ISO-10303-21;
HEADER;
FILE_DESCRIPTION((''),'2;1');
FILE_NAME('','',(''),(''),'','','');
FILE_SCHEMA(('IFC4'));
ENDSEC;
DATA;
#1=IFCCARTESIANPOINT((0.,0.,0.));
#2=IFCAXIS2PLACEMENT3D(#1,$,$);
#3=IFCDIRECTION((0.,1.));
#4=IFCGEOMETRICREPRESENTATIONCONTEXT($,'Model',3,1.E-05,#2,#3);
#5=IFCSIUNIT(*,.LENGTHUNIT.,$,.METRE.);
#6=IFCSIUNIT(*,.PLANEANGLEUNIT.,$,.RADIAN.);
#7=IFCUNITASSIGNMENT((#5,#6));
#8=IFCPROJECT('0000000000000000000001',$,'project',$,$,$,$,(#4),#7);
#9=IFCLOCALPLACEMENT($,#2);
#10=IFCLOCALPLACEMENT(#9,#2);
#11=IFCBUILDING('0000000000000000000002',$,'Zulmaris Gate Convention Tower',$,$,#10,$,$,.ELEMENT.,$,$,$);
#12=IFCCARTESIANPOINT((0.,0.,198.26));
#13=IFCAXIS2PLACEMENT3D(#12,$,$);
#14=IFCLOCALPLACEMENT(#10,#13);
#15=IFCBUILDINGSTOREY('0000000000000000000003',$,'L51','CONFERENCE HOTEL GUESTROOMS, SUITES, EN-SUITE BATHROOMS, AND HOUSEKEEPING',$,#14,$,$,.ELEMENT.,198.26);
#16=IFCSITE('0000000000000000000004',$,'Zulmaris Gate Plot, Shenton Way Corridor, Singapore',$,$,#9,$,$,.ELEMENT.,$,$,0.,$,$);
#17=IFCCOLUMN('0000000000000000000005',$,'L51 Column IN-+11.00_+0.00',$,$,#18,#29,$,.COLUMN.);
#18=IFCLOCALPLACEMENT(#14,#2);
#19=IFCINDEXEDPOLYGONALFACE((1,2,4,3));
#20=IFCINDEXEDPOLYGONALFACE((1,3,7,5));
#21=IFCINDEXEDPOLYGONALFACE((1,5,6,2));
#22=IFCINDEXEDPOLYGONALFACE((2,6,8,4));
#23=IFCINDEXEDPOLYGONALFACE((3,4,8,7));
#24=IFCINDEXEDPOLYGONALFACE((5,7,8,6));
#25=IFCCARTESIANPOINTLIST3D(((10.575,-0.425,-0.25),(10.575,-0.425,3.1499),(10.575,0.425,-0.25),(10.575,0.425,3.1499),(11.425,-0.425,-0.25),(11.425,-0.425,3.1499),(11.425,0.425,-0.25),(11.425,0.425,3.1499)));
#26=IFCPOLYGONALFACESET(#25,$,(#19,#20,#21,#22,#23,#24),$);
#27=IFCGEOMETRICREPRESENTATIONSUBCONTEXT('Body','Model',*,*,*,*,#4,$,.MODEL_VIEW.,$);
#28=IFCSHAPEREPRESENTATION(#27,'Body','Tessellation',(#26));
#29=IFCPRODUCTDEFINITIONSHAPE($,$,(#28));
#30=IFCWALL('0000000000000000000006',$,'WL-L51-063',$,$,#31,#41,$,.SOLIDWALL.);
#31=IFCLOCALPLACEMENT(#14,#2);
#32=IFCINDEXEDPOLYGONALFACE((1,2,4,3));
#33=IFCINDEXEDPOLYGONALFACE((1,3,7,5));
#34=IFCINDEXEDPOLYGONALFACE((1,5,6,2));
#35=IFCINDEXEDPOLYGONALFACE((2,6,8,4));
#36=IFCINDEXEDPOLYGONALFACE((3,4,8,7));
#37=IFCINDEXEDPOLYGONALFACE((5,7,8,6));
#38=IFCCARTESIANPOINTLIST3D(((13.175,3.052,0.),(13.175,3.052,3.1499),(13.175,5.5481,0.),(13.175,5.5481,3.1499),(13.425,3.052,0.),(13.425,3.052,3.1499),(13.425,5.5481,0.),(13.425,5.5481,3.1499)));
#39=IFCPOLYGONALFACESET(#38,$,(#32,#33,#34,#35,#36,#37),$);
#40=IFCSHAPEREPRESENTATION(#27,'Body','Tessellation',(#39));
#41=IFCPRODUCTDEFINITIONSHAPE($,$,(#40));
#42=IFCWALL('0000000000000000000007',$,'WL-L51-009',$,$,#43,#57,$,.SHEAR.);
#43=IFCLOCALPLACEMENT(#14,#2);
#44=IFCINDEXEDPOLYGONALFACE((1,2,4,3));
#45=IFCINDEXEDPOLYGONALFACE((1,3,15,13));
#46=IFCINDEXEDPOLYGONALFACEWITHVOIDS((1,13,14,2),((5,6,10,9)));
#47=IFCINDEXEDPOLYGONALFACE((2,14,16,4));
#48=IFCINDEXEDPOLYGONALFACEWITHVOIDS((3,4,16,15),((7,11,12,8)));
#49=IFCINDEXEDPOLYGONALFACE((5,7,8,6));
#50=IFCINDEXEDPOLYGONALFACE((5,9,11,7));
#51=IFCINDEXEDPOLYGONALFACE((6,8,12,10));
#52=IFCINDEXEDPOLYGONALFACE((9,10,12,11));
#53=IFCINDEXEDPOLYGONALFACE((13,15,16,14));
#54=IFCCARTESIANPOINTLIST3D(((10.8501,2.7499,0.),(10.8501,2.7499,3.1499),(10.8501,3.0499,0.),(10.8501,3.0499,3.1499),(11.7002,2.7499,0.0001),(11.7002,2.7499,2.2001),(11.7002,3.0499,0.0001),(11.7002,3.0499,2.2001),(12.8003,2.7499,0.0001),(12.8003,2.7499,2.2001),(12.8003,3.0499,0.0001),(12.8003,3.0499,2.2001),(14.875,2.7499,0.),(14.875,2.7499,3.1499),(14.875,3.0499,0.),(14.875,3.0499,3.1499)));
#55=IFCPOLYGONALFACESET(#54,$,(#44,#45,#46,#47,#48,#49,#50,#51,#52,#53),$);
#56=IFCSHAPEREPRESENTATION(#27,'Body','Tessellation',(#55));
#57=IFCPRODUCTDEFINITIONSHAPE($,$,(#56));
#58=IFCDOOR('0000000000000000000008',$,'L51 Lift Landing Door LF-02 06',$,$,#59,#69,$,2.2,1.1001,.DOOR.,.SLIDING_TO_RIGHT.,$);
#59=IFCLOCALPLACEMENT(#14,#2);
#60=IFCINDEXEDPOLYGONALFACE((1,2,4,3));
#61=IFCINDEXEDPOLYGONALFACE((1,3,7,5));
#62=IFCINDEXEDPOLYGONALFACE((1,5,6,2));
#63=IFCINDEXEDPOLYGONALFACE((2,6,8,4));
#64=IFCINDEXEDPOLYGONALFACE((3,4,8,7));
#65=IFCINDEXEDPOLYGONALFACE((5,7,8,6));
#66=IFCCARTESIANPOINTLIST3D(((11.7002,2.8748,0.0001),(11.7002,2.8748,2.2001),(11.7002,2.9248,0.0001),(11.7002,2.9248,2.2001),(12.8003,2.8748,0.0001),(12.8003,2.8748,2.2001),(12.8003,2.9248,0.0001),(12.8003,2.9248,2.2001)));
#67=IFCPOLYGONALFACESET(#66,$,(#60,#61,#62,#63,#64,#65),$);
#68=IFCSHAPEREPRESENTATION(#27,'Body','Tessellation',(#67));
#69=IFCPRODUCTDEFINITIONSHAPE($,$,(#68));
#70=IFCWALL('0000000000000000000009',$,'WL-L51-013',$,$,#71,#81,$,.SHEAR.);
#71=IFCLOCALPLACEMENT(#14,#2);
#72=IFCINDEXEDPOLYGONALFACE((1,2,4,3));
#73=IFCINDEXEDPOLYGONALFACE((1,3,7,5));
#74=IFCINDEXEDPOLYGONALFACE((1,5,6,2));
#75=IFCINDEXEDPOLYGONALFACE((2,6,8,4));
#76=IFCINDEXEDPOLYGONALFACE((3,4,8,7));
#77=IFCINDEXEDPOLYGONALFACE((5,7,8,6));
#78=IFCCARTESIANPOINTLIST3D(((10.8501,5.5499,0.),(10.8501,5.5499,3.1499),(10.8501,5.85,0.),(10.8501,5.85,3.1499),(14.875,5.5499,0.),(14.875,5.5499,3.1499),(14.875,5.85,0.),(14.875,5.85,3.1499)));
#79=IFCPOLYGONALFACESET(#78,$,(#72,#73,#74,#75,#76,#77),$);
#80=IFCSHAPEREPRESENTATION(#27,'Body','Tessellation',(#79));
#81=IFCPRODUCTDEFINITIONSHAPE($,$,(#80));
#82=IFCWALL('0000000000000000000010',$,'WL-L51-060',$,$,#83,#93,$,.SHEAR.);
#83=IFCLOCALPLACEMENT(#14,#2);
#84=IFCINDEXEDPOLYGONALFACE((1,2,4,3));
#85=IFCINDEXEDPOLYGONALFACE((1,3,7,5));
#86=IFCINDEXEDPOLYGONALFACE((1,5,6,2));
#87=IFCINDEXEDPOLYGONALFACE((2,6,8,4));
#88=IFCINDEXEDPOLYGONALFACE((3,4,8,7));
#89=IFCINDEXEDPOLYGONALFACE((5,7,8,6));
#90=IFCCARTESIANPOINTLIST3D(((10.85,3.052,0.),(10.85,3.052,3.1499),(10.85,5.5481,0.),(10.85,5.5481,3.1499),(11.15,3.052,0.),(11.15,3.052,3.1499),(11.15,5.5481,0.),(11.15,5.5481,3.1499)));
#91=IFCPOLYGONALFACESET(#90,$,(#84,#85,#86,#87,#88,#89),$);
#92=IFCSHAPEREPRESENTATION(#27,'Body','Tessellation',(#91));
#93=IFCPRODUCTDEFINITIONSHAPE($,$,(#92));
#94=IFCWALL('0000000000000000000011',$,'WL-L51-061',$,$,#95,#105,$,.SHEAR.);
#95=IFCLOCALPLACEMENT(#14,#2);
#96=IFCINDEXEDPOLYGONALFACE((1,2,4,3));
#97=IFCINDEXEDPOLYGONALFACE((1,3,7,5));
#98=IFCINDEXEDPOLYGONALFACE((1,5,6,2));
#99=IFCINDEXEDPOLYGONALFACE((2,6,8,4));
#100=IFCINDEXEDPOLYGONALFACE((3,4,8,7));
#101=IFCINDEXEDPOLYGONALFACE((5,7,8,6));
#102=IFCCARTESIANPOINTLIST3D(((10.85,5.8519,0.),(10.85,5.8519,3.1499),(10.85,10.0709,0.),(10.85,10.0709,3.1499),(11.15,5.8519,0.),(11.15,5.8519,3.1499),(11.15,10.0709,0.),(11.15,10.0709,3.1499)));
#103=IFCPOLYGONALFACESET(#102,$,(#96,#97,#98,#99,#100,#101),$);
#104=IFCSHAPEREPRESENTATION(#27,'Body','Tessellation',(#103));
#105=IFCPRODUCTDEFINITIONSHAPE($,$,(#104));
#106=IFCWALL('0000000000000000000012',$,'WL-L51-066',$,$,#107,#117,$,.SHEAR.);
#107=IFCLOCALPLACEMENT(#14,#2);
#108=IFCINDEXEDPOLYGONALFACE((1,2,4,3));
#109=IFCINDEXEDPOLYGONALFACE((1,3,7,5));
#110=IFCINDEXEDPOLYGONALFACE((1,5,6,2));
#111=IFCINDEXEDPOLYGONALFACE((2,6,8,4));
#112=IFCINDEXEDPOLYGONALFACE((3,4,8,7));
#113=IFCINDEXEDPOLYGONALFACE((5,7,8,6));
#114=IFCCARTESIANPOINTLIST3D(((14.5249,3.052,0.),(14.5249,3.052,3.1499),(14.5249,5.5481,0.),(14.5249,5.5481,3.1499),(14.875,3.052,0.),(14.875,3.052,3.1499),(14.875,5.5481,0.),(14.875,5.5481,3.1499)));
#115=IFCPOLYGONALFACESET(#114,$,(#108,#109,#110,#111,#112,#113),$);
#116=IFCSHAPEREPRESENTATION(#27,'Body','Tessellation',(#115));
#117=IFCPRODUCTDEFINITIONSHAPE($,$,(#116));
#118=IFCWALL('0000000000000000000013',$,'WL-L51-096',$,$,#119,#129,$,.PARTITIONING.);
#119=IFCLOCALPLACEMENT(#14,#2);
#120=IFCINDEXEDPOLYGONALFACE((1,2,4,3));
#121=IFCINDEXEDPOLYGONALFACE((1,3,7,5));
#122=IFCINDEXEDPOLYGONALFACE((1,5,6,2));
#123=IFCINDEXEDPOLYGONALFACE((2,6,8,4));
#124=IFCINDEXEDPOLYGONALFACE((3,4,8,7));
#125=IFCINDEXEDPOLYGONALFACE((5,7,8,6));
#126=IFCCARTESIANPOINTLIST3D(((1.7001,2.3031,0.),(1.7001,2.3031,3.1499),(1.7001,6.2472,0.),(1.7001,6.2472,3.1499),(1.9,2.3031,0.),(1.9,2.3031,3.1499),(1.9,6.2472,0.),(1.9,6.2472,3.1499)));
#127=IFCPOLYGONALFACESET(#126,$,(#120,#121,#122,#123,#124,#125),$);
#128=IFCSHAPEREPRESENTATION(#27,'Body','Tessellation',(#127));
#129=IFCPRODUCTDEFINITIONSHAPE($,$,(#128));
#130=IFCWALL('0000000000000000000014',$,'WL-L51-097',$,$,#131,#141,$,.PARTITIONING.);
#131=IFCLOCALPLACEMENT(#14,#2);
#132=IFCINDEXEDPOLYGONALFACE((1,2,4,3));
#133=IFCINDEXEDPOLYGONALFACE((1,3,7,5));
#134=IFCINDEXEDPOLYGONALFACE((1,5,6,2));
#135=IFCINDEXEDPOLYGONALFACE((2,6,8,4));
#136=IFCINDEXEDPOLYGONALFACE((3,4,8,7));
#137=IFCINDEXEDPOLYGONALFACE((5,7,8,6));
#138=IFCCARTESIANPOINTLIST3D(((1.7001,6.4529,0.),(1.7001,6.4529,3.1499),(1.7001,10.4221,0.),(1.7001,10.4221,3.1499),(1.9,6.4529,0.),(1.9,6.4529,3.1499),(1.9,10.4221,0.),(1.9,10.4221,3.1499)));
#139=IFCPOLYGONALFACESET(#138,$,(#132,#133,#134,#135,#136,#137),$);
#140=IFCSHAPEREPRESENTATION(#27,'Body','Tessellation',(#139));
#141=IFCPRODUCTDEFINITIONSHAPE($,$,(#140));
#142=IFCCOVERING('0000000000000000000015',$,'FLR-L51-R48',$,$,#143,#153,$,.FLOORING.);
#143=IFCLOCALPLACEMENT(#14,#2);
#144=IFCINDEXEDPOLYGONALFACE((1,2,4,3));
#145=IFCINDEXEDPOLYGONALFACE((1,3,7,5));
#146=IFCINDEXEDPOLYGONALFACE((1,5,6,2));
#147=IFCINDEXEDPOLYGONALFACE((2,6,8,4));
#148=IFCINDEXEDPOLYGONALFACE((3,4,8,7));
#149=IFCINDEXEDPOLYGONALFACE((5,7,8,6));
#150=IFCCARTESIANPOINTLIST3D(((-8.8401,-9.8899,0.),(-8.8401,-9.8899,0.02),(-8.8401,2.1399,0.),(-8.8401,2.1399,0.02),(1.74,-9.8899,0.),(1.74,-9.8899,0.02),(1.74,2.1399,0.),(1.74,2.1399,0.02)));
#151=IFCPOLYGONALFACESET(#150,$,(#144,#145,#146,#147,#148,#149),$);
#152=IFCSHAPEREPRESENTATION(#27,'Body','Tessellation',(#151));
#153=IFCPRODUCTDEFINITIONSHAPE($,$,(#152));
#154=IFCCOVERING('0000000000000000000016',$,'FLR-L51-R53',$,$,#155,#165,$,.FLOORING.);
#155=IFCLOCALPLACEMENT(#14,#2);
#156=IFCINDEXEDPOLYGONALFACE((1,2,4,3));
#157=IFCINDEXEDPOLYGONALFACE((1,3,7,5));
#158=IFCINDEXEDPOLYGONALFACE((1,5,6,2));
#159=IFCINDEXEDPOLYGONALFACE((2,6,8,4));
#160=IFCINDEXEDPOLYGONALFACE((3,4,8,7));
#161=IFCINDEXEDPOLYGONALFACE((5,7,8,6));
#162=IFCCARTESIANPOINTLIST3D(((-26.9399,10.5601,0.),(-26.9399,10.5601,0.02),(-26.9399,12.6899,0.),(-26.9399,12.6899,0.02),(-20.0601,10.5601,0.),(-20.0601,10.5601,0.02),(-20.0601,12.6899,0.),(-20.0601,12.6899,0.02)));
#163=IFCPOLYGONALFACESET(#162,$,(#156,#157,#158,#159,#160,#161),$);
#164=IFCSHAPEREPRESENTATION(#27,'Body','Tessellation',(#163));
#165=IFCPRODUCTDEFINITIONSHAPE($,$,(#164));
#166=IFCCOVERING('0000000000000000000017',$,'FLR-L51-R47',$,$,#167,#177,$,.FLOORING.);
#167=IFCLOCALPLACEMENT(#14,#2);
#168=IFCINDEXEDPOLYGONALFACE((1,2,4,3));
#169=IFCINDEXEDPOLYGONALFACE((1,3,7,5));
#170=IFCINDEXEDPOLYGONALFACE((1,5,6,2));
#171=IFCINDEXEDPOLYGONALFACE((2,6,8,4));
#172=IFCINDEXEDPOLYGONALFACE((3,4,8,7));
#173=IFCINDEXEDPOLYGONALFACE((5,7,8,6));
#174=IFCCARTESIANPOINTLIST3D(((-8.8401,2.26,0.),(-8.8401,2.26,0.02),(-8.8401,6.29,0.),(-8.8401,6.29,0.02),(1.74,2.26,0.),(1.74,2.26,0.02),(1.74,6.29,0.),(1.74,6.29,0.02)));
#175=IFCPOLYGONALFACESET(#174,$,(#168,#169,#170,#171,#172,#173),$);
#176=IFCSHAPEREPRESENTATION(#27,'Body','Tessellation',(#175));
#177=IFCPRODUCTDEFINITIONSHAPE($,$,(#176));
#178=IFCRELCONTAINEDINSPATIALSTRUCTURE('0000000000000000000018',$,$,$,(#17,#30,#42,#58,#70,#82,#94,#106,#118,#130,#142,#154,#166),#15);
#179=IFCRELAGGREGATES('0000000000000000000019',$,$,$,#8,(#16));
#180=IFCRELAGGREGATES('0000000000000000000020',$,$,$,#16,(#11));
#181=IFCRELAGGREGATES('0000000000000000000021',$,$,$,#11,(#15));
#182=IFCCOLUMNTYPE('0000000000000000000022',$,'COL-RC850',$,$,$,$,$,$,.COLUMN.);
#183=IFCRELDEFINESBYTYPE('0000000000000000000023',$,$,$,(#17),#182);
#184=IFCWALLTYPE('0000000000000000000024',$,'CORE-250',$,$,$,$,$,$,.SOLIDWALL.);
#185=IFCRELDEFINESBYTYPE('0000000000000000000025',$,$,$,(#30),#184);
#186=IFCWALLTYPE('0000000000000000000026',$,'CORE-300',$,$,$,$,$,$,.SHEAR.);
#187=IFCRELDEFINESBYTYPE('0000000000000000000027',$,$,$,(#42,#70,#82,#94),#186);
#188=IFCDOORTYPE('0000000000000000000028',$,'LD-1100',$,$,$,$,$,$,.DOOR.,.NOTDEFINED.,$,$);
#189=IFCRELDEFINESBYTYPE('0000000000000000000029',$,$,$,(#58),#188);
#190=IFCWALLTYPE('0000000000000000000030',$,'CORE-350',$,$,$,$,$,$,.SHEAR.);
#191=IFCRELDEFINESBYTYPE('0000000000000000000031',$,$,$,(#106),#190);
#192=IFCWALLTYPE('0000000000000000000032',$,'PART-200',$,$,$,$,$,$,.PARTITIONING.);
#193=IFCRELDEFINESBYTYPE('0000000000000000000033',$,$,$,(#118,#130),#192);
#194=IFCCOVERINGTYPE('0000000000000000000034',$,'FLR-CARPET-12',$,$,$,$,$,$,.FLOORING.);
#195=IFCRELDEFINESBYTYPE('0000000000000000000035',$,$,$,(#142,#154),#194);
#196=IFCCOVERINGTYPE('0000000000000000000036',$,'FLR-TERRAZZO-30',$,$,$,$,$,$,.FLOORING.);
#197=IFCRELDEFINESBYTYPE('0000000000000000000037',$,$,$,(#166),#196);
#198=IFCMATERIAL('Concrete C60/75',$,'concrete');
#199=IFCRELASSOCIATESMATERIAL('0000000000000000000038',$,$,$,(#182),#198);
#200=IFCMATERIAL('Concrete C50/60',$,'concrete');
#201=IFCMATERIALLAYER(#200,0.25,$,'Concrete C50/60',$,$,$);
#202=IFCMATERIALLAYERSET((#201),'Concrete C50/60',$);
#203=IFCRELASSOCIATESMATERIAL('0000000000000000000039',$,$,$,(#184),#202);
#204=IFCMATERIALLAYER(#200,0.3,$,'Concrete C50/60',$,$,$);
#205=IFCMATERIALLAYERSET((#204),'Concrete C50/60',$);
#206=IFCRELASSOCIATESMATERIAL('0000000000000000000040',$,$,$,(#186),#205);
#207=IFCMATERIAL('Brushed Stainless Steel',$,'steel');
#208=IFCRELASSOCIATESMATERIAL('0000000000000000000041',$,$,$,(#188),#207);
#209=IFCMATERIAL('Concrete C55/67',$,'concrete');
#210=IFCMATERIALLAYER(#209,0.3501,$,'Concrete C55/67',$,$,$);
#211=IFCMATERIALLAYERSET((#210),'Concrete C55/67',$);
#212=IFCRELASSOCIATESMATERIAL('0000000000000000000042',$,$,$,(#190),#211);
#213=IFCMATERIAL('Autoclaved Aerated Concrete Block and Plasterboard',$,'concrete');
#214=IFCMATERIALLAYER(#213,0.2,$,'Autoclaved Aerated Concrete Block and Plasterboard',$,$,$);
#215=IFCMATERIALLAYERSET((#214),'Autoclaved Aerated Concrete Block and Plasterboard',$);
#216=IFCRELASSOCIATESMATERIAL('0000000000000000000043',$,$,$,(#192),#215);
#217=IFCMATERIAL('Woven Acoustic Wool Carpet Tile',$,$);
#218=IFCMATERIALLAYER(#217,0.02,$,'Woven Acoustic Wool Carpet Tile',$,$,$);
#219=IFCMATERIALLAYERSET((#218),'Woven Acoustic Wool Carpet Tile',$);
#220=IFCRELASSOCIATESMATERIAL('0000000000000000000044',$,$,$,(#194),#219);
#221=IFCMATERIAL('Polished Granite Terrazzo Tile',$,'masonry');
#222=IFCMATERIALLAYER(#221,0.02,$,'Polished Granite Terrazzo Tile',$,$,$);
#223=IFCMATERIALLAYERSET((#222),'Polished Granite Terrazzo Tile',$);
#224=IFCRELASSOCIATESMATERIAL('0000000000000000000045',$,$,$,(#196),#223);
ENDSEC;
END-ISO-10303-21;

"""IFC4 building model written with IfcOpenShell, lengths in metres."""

from ifc_helpers import new_model, si_unit, direction, frame, frame_2d, origin, origin_2d, place, context, subcontext, project, spatial, polyline, rectangle, outline, extrude, material, layer, layer_set, material_profile, profile_set, type_object, element, fill, save


model = new_model("IFC4")

# Units and contexts
model_context = context("Model", 3, precision=1e-05, world=origin(), true_north=direction((0.0, 1.0)))
body_context = subcontext(model_context, "Body", "Model", "MODEL_VIEW")
ifc_project = project(units=[si_unit("LENGTHUNIT", "METRE"), si_unit("PLANEANGLEUNIT", "RADIAN")], contexts=[model_context])

# Site, building, storey
site_placement = place(None, origin())
site = spatial("IfcSite", under=ifc_project, at=site_placement, Name="Zulmaris Gate Plot, Shenton Way Corridor, Singapore", CompositionType="ELEMENT", RefElevation=0.0)
building_placement = place(site_placement, origin())
building = spatial("IfcBuilding", under=site, at=building_placement, Name="Zulmaris Gate Convention Tower", CompositionType="ELEMENT")
storey_placement = place(building_placement, frame((0.0, 0.0, 198.26)))
storey = spatial("IfcBuildingStorey", under=building, at=storey_placement, Name="L51", Description="CONFERENCE HOTEL GUESTROOMS, SUITES, EN-SUITE BATHROOMS, AND HOUSEKEEPING", CompositionType="ELEMENT", Elevation=198.26)

# Column
ifc_material_1 = material(Name="Concrete C60/75", Category="concrete")
ifc_material_profile = material_profile(ifc_material_1, rectangle(XDim=0.8501, YDim=0.8501, at=origin_2d()), Name="RC COL 850x850")
ifc_profile_set = profile_set([ifc_material_profile], Name="Concrete C60/75")
column_type = type_object("IfcColumnType", Name="COL-RC850", PredefinedType="COLUMN", material=ifc_profile_set)
column_placement = place(storey_placement, frame((11.0, 0.0, -0.25), z_axis=(0.0, 0.0, 1.0), x_axis=(1.0, 0.0, 0.0)))
element("IfcColumn", 1, at=column_placement, inside=storey, type_object=column_type, Name="L51 Column IN-+11.00_+0.00", PredefinedType="COLUMN", context=body_context, shape_type="SweptSolid", body=[
    extrude(rectangle(XDim=0.8501, YDim=0.8501, at=origin_2d()), origin(), (0.0, 0.0, 1.0), 3.3999),
])

# Wall
ifc_material_2 = material(Name="Concrete C50/60", Category="concrete")
ifc_layer_1 = layer(ifc_material_2, 0.25, Name="Concrete C50/60")
ifc_layer_set_1 = layer_set([ifc_layer_1], Name="Concrete C50/60")
wall_type_1 = type_object("IfcWallType", Name="CORE-250", PredefinedType="SOLIDWALL", material=ifc_layer_set_1)
wall_1_placement = place(storey_placement, frame((13.3, 3.052, 0.0), z_axis=(0.0, 0.0, 1.0), x_axis=(0.0, 1.0, 0.0)))
element("IfcWall", 2, at=wall_1_placement, inside=storey, type_object=wall_type_1, Name="WL-L51-063", PredefinedType="SOLIDWALL", context=body_context, shape_type="SweptSolid", body=[
    extrude(rectangle(XDim=2.4961, YDim=0.25, at=frame_2d((1.248, 0.0))), origin(), (0.0, 0.0, 1.0), 3.1499),
])

# Wall, opening, door
ifc_layer_2 = layer(ifc_material_2, 0.3, Name="Concrete C50/60")
ifc_layer_set_2 = layer_set([ifc_layer_2], Name="Concrete C50/60")
wall_type_2 = type_object("IfcWallType", Name="CORE-300", PredefinedType="SHEAR", material=ifc_layer_set_2)
wall_2_placement = place(storey_placement, frame((10.8501, 2.8999, 0.0), z_axis=(0.0, 0.0, 1.0), x_axis=(1.0, 0.0, 0.0)))
wall_2 = element("IfcWall", 3, at=wall_2_placement, inside=storey, type_object=wall_type_2, Name="WL-L51-009", PredefinedType="SHEAR", context=body_context, shape_type="SweptSolid", body=[
    extrude(rectangle(XDim=4.0249, YDim=0.3, at=frame_2d((2.0125, 0.0))), origin(), (0.0, 0.0, 1.0), 3.1499),
])
opening_1_placement = place(wall_2_placement, frame((0.8501, 0.0, 0.0)))
opening_1 = element("IfcOpeningElement", 4, at=opening_1_placement, cuts=wall_2, PredefinedType="OPENING", context=body_context, shape_type="SweptSolid", body=[
    extrude(rectangle(XDim=1.1001, YDim=2.2, at=frame_2d((0.55, 1.1001))), frame((0.0, 0.1602, 0.0), z_axis=(0.0, -1.0, 0.0), x_axis=(1.0, 0.0, 0.0)), (0.0, 0.0, 1.0), 0.3201),
])
ifc_material_3 = material(Name="Brushed Stainless Steel", Category="steel")
door_type_1 = type_object("IfcDoorType", Name="LD-1100", OperationType="NOTDEFINED", PredefinedType="DOOR", material=ifc_material_3)
door_1_placement = place(opening_1_placement, origin())
door_1 = element("IfcDoor", 5, at=door_1_placement, inside=storey, type_object=door_type_1, Name="L51 Lift Landing Door LF-02 06", OperationType="SLIDING_TO_RIGHT", OverallHeight=2.2, OverallWidth=1.1001, PredefinedType="DOOR", context=body_context, shape_type="SweptSolid", body=[
    extrude(rectangle(XDim=1.1001, YDim=2.2, at=frame_2d((0.55, 1.1001))), frame((0.0, 0.0249, 0.0), z_axis=(0.0, -1.0, 0.0), x_axis=(1.0, 0.0, 0.0)), (0.0, 0.0, 1.0), 0.05),
])
fill(opening_1, door_1)

# Wall
wall_3_placement = place(storey_placement, frame((10.8501, 5.7, 0.0), z_axis=(0.0, 0.0, 1.0), x_axis=(1.0, 0.0, 0.0)))
element("IfcWall", 6, at=wall_3_placement, inside=storey, type_object=wall_type_2, Name="WL-L51-013", PredefinedType="SHEAR", context=body_context, shape_type="SweptSolid", body=[
    extrude(rectangle(XDim=4.0249, YDim=0.3, at=frame_2d((2.0125, 0.0))), origin(), (0.0, 0.0, 1.0), 3.1499),
])

# Walls
wall_4_placement = place(storey_placement, frame((11.0, 3.052, 0.0), z_axis=(0.0, 0.0, 1.0), x_axis=(0.0, 1.0, 0.0)))
element("IfcWall", 7, at=wall_4_placement, inside=storey, type_object=wall_type_2, Name="WL-L51-060", PredefinedType="SHEAR", context=body_context, shape_type="SweptSolid", body=[
    extrude(rectangle(XDim=2.4961, YDim=0.3, at=frame_2d((1.248, 0.0))), origin(), (0.0, 0.0, 1.0), 3.1499),
])
wall_5_placement = place(storey_placement, frame((11.0, 5.8521, 0.0), z_axis=(0.0, 0.0, 1.0), x_axis=(0.0, 1.0, 0.0)))
element("IfcWall", 8, at=wall_5_placement, inside=storey, type_object=wall_type_2, Name="WL-L51-061", PredefinedType="SHEAR", context=body_context, shape_type="SweptSolid", body=[
    extrude(rectangle(XDim=4.219, YDim=0.3, at=frame_2d((2.1094, 0.0))), origin(), (0.0, 0.0, 1.0), 3.1499),
])
ifc_material_4 = material(Name="Concrete C55/67", Category="concrete")
ifc_layer_3 = layer(ifc_material_4, 0.3501, Name="Concrete C55/67")
ifc_layer_set_3 = layer_set([ifc_layer_3], Name="Concrete C55/67")
wall_type_3 = type_object("IfcWallType", Name="CORE-350", PredefinedType="SHEAR", material=ifc_layer_set_3)
wall_6_placement = place(storey_placement, frame((14.7, 3.052, 0.0), z_axis=(0.0, 0.0, 1.0), x_axis=(0.0, 1.0, 0.0)))
element("IfcWall", 9, at=wall_6_placement, inside=storey, type_object=wall_type_3, Name="WL-L51-066", PredefinedType="SHEAR", context=body_context, shape_type="SweptSolid", body=[
    extrude(rectangle(XDim=2.4961, YDim=0.3501, at=frame_2d((1.248, 0.0))), origin(), (0.0, 0.0, 1.0), 3.1499),
])
ifc_material_5 = material(Name="Autoclaved Aerated Concrete Block and Plasterboard", Category="concrete")
ifc_layer_4 = layer(ifc_material_5, 0.2, Name="Autoclaved Aerated Concrete Block and Plasterboard")
ifc_layer_set_4 = layer_set([ifc_layer_4], Name="Autoclaved Aerated Concrete Block and Plasterboard")
wall_type_4 = type_object("IfcWallType", Name="PART-200", PredefinedType="PARTITIONING", material=ifc_layer_set_4)
wall_7_placement = place(storey_placement, frame((1.8, 2.303, 0.0), z_axis=(0.0, 0.0, 1.0), x_axis=(0.0, 1.0, 0.0)))
element("IfcWall", 10, at=wall_7_placement, inside=storey, type_object=wall_type_4, Name="WL-L51-096", PredefinedType="PARTITIONING", context=body_context, shape_type="SweptSolid", body=[
    extrude(rectangle(XDim=3.9441, YDim=0.2, at=frame_2d((1.9722, 0.0))), origin(), (0.0, 0.0, 1.0), 3.1499),
])
wall_8_placement = place(storey_placement, frame((1.8, 6.4529, 0.0), z_axis=(0.0, 0.0, 1.0), x_axis=(0.0, 1.0, 0.0)))
element("IfcWall", 11, at=wall_8_placement, inside=storey, type_object=wall_type_4, Name="WL-L51-097", PredefinedType="PARTITIONING", context=body_context, shape_type="SweptSolid", body=[
    extrude(rectangle(XDim=3.9692, YDim=0.2, at=frame_2d((1.9846, 0.0))), origin(), (0.0, 0.0, 1.0), 3.1499),
])

# Coverings
ifc_material_6 = material(Name="Woven Acoustic Wool Carpet Tile")
ifc_layer_5 = layer(ifc_material_6, 0.02, Name="Woven Acoustic Wool Carpet Tile")
ifc_layer_set_5 = layer_set([ifc_layer_5], Name="Woven Acoustic Wool Carpet Tile")
covering_type_1 = type_object("IfcCoveringType", Name="FLR-CARPET-12", PredefinedType="FLOORING", material=ifc_layer_set_5)
covering_1_placement = place(storey_placement, origin())
element("IfcCovering", 12, at=covering_1_placement, inside=storey, type_object=covering_type_1, Name="FLR-L51-R48", PredefinedType="FLOORING", context=body_context, shape_type="SweptSolid", body=[
    extrude(outline(polyline([(-8.8401, -9.8899), (1.74, -9.8899), (1.74, 2.1399), (-8.8401, 2.1399), (-8.8401, -9.8899)])), origin(), (0.0, 0.0, 1.0), 0.02),
])
covering_2_placement = place(storey_placement, origin())
element("IfcCovering", 13, at=covering_2_placement, inside=storey, type_object=covering_type_1, Name="FLR-L51-R53", PredefinedType="FLOORING", context=body_context, shape_type="SweptSolid", body=[
    extrude(outline(polyline([(-26.9399, 10.5601), (-20.0601, 10.5601), (-20.0601, 12.6899), (-26.9399, 12.6899), (-26.9399, 10.5601)])), origin(), (0.0, 0.0, 1.0), 0.02),
])
ifc_material_7 = material(Name="Polished Granite Terrazzo Tile", Category="masonry")
ifc_layer_6 = layer(ifc_material_7, 0.02, Name="Polished Granite Terrazzo Tile")
ifc_layer_set_6 = layer_set([ifc_layer_6], Name="Polished Granite Terrazzo Tile")
covering_type_2 = type_object("IfcCoveringType", Name="FLR-TERRAZZO-30", PredefinedType="FLOORING", material=ifc_layer_set_6)
covering_3_placement = place(storey_placement, origin())
element("IfcCovering", 14, at=covering_3_placement, inside=storey, type_object=covering_type_2, Name="FLR-L51-R47", PredefinedType="FLOORING", context=body_context, shape_type="SweptSolid", body=[
    extrude(outline(polyline([(-8.8401, 2.26), (1.74, 2.26), (1.74, 6.29), (-8.8401, 6.29), (-8.8401, 2.26)])), origin(), (0.0, 0.0, 1.0), 0.02),
])

save(model, "model.ifc")
